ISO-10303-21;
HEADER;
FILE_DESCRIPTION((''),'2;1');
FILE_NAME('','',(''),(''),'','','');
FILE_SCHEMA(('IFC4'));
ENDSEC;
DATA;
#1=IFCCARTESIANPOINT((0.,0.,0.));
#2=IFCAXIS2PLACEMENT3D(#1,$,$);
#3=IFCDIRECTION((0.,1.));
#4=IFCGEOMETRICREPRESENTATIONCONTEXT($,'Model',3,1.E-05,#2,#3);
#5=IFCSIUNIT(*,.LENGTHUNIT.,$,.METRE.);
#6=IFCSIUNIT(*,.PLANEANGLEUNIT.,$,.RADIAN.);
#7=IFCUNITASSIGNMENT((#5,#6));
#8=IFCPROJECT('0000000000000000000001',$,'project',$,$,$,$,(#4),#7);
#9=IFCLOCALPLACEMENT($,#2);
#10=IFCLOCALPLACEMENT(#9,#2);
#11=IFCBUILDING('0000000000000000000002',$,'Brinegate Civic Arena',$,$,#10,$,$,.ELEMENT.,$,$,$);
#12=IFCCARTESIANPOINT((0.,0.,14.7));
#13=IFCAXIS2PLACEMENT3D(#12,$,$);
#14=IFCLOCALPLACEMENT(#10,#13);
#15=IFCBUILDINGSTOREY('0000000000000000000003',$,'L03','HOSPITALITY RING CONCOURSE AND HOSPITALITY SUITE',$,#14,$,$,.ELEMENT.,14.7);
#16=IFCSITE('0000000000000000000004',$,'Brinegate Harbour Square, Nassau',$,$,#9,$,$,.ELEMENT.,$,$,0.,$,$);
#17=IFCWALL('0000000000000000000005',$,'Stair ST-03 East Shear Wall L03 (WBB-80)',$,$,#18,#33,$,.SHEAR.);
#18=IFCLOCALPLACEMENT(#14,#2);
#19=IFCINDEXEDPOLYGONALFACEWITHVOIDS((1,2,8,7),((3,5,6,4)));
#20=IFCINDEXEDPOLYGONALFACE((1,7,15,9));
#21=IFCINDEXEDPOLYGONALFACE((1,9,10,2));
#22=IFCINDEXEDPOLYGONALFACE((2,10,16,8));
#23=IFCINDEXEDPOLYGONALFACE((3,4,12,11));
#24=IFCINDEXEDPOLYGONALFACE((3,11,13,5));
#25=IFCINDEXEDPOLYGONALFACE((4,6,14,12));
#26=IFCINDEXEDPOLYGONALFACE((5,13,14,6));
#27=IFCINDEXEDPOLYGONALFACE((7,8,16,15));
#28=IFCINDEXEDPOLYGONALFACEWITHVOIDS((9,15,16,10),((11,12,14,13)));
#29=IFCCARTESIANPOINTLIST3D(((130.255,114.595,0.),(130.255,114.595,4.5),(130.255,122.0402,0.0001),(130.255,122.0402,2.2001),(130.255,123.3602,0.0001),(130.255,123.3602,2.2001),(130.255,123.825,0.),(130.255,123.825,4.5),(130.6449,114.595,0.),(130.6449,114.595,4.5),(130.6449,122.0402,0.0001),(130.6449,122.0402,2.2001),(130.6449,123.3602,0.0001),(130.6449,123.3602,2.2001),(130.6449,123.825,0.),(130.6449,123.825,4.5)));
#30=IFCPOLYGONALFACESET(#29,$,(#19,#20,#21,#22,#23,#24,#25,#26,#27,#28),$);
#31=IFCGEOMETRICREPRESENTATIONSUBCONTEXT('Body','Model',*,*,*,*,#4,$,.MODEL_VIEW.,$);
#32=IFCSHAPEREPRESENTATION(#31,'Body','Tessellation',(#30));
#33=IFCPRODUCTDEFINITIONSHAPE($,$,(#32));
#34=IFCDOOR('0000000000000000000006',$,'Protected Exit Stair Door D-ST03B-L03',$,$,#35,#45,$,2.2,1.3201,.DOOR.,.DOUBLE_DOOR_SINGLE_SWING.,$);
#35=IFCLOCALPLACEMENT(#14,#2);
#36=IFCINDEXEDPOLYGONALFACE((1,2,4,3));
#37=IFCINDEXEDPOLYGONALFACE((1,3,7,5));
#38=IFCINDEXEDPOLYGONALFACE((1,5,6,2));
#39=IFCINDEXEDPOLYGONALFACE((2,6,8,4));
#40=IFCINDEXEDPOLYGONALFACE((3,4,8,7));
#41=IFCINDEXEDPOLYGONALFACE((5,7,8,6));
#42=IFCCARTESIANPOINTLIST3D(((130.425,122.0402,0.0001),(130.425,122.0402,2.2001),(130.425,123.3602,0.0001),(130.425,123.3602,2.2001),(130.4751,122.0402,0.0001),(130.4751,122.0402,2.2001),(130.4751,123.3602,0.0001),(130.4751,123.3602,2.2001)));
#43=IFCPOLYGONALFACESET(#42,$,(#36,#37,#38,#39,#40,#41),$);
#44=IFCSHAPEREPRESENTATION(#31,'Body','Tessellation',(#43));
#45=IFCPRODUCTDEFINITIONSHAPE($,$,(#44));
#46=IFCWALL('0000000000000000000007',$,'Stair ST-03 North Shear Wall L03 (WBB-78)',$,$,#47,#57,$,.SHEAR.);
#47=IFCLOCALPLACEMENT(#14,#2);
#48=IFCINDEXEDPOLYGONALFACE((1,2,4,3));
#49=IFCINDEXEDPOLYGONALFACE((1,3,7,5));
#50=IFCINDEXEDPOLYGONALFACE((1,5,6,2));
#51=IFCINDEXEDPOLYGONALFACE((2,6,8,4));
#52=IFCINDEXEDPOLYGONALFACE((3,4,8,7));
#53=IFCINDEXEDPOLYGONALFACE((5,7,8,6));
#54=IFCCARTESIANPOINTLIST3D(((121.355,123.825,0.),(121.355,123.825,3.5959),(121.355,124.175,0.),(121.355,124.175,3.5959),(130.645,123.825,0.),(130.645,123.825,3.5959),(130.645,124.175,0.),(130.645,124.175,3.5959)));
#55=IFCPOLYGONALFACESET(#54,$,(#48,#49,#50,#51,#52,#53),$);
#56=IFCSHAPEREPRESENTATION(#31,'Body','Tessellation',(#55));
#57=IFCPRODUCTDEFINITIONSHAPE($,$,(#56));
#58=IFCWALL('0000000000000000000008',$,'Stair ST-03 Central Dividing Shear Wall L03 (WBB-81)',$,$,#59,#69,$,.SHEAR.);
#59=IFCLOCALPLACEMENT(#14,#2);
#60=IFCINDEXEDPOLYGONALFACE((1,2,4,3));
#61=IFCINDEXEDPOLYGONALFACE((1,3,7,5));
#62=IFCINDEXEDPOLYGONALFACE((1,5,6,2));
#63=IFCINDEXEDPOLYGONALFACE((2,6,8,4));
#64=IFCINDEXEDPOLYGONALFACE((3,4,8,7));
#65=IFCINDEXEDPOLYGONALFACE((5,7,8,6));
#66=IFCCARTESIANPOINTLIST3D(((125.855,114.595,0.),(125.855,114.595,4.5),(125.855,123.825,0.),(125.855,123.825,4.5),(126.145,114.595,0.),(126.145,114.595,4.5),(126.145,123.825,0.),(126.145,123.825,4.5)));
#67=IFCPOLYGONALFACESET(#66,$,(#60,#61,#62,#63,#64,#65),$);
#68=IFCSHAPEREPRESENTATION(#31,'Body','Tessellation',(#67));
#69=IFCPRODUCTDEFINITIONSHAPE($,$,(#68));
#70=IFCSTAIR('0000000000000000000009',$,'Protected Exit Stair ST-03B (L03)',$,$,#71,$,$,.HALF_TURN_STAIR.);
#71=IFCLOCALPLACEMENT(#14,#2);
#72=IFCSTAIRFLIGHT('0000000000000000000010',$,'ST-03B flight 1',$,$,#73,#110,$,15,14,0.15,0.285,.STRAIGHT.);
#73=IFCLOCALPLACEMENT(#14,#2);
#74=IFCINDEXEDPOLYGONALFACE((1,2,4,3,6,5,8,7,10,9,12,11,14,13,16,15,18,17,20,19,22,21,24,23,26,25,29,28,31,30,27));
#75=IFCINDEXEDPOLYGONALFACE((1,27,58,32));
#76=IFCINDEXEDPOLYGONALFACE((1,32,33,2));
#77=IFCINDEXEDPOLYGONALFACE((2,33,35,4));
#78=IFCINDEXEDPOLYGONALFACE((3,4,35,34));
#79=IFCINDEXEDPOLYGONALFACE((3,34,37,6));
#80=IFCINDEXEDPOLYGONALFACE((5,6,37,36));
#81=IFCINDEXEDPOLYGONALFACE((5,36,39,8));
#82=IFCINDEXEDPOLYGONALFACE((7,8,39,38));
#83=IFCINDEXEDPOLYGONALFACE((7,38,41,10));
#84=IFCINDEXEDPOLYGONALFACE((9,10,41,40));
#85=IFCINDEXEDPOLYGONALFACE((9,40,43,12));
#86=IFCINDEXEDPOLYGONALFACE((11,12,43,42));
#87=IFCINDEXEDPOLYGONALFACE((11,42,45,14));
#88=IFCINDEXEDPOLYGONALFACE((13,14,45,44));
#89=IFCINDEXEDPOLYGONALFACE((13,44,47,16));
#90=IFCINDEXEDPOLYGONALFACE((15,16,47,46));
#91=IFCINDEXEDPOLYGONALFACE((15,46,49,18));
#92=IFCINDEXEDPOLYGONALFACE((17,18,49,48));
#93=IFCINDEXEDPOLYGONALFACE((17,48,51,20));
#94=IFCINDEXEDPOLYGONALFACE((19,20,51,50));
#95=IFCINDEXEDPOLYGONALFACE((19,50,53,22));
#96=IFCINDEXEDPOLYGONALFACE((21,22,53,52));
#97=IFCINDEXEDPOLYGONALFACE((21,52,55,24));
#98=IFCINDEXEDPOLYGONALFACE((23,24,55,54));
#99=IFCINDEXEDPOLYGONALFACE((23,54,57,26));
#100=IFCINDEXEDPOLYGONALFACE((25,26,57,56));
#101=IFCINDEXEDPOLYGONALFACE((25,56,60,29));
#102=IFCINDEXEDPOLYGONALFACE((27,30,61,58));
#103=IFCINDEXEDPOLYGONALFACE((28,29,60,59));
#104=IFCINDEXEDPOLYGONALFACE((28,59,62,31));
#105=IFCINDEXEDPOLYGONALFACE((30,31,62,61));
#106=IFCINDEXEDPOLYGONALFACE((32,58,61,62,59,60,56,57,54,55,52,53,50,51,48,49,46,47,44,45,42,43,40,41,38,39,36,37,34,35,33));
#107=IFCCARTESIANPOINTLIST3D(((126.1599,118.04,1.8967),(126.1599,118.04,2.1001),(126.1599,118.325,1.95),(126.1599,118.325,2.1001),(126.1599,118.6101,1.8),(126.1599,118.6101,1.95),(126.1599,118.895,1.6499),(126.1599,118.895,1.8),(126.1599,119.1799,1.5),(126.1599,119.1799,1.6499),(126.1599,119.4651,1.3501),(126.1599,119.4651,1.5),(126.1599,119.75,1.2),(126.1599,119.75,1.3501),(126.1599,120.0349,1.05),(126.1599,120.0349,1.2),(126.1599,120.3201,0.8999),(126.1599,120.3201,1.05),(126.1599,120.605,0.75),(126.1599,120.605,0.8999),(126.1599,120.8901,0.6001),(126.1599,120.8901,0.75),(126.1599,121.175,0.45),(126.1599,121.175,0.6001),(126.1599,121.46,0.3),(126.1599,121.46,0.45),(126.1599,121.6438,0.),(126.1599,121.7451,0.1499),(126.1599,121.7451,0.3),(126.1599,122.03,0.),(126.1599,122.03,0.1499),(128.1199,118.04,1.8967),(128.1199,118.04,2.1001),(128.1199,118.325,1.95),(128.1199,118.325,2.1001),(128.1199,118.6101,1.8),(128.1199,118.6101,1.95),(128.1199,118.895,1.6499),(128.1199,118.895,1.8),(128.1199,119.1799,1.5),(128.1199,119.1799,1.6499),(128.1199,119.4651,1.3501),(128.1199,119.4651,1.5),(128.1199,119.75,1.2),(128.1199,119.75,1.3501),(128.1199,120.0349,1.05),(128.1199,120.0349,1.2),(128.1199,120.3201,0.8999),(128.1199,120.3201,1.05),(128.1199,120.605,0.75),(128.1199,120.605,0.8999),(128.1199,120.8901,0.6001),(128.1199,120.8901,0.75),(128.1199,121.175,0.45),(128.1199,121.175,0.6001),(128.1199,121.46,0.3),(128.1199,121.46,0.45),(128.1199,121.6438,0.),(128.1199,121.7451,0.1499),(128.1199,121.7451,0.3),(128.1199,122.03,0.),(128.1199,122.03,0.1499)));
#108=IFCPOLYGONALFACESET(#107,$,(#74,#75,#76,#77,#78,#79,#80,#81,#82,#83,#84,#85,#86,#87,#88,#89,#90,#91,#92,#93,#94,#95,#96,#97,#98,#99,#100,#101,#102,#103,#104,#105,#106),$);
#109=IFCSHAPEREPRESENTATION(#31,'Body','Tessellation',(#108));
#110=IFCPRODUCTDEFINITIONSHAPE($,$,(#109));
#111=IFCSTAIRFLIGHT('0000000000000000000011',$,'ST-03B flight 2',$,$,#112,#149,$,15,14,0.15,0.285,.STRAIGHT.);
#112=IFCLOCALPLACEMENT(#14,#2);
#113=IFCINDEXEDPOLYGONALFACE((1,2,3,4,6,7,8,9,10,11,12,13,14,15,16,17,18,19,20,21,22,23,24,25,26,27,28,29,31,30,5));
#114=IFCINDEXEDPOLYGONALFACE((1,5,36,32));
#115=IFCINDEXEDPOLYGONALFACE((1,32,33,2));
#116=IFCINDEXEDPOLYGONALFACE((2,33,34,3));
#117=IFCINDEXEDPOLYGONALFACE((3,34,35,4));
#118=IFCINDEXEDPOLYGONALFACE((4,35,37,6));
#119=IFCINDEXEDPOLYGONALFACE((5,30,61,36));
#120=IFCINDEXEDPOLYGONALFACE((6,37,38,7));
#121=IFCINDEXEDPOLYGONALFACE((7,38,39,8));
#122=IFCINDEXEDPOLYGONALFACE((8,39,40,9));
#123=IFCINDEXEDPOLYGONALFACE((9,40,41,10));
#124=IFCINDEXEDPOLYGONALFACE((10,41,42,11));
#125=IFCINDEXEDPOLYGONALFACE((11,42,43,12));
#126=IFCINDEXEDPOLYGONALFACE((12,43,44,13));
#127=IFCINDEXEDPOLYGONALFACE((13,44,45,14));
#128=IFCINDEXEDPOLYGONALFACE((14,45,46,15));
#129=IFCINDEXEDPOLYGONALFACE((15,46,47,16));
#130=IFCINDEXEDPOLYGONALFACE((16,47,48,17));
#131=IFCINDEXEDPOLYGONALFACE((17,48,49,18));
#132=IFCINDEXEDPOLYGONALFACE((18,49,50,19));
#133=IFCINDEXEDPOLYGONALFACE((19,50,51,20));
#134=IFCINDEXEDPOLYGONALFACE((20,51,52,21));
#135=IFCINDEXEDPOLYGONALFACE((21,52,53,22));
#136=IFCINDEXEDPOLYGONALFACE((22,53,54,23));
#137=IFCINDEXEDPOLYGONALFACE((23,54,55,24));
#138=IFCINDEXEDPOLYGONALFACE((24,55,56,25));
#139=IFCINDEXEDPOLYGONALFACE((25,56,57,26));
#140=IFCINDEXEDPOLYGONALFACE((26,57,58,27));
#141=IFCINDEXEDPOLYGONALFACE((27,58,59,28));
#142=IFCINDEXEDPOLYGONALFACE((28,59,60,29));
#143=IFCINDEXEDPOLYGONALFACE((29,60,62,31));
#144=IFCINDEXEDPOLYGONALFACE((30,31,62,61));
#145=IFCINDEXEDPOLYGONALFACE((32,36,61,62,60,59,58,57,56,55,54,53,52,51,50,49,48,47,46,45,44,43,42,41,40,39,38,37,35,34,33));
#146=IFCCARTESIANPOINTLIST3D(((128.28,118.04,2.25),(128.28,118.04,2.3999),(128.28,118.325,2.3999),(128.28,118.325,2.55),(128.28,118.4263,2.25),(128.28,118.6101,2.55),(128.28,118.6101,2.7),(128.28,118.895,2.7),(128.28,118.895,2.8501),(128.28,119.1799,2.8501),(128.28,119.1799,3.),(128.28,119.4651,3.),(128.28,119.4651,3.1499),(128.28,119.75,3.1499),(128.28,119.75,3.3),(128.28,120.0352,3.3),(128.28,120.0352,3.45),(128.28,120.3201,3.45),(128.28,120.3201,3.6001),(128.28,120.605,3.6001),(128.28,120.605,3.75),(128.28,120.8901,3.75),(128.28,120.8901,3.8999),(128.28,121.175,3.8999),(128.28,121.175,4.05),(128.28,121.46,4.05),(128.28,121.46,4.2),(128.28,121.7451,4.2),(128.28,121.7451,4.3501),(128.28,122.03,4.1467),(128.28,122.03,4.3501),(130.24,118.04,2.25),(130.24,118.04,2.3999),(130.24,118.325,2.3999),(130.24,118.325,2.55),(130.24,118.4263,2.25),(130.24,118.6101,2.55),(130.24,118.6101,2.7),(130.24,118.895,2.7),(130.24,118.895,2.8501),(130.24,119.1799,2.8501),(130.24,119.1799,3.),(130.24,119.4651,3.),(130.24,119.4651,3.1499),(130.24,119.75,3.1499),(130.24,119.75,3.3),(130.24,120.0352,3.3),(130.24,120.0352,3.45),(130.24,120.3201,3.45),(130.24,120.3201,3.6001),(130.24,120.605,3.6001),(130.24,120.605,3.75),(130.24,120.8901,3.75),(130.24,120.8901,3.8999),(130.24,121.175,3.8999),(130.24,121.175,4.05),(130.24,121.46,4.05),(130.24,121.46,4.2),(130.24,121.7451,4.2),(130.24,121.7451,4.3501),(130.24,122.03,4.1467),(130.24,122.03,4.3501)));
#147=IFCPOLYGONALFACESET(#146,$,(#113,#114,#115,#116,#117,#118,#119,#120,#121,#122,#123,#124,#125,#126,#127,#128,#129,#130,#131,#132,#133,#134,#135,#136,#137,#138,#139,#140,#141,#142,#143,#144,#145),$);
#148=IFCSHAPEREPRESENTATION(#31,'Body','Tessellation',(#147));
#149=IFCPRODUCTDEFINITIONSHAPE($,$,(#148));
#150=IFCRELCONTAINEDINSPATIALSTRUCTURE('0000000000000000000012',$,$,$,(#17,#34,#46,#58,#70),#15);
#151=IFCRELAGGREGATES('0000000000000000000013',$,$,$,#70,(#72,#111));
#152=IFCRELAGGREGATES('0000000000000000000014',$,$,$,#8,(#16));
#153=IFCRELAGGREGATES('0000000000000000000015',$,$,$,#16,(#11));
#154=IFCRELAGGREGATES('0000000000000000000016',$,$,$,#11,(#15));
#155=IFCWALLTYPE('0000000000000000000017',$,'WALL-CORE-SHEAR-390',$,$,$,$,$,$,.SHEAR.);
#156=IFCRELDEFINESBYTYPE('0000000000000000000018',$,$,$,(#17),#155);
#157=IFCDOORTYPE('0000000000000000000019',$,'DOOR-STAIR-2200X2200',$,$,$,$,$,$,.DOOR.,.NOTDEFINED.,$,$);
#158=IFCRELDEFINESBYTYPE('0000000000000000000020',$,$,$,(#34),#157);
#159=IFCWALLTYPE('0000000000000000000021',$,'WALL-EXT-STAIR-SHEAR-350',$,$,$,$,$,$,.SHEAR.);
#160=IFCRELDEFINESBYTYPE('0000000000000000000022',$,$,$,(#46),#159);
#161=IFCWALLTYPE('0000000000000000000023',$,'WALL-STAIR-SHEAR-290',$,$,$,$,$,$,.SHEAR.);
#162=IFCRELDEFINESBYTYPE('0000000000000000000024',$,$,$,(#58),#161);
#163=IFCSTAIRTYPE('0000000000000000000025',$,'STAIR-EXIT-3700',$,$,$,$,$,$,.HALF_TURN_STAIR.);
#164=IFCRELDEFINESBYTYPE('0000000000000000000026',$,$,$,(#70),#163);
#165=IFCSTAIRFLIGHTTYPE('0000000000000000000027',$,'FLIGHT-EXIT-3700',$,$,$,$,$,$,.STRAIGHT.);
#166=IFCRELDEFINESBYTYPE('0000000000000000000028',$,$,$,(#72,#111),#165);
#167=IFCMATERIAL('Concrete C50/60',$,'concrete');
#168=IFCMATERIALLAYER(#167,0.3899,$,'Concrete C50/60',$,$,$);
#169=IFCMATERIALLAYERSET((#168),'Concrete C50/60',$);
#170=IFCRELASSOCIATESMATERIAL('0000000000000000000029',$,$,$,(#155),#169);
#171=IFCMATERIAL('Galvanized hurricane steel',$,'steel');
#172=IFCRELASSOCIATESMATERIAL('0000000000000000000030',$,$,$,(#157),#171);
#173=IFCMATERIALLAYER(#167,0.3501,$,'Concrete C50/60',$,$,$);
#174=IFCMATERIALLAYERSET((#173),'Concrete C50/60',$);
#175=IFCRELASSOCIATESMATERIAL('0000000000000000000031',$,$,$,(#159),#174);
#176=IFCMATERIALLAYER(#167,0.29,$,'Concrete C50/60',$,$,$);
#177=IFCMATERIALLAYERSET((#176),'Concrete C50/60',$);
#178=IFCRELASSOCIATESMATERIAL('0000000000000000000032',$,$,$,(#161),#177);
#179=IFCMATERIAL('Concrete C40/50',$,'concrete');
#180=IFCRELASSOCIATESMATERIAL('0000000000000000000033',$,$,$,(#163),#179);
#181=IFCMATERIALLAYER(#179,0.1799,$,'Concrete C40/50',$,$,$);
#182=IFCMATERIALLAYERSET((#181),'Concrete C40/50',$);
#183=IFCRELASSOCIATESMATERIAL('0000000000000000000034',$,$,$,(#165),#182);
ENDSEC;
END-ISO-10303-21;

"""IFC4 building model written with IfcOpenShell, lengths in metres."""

from ifc_helpers import new_model, si_unit, direction, frame, frame_2d, origin, place, context, subcontext, project, spatial, polyline, rectangle, outline, extrude, material, layer, layer_set, type_object, element, fill, aggregate, save


model = new_model("IFC4")

# Units and contexts
model_context = context("Model", 3, precision=1e-05, world=origin(), true_north=direction((0.0, 1.0)))
body_context = subcontext(model_context, "Body", "Model", "MODEL_VIEW")
ifc_project = project(units=[si_unit("LENGTHUNIT", "METRE"), si_unit("PLANEANGLEUNIT", "RADIAN")], contexts=[model_context])

# Site, building, storey
site_placement = place(None, origin())
site = spatial("IfcSite", under=ifc_project, at=site_placement, Name="Brinegate Harbour Square, Nassau", CompositionType="ELEMENT", RefElevation=0.0)
building_placement = place(site_placement, origin())
building = spatial("IfcBuilding", under=site, at=building_placement, Name="Brinegate Civic Arena", CompositionType="ELEMENT")
storey_placement = place(building_placement, frame((0.0, 0.0, 14.7)))
storey = spatial("IfcBuildingStorey", under=building, at=storey_placement, Name="L03", Description="HOSPITALITY RING CONCOURSE AND HOSPITALITY SUITE", CompositionType="ELEMENT", Elevation=14.7)

# Shared definitions
ifc_material_1 = material(Name="Concrete C50/60", Category="concrete")

# Shared definitions
ifc_layer_1 = layer(ifc_material_1, 0.3899, Name="Concrete C50/60")
ifc_layer_set_1 = layer_set([ifc_layer_1], Name="Concrete C50/60")
wall_type_1 = type_object("IfcWallType", Name="WALL-CORE-SHEAR-390", PredefinedType="SHEAR", material=ifc_layer_set_1)

# Wall, opening, door
ifc_material_2 = material(Name="Galvanized hurricane steel", Category="steel")
wall_1_placement = place(storey_placement, frame((130.45, 114.595, 0.0), z_axis=(0.0, 0.0, 1.0), x_axis=(0.0, 1.0, 0.0)))
wall_1 = element("IfcWall", 1, at=wall_1_placement, inside=storey, type_object=wall_type_1, Name="Stair ST-03 East Shear Wall L03 (WBB-80)", PredefinedType="SHEAR", context=body_context, shape_type="SweptSolid", body=[
    extrude(rectangle(XDim=9.23, YDim=0.3899, at=frame_2d((4.615, 0.0))), origin(), (0.0, 0.0, 1.0), 4.5),
])
opening_1_placement = place(wall_1_placement, frame((7.4451, 0.0, 0.0)))
opening_1 = element("IfcOpeningElement", 2, at=opening_1_placement, cuts=wall_1, PredefinedType="OPENING", context=body_context, shape_type="SweptSolid", body=[
    extrude(rectangle(XDim=1.3201, YDim=2.2, at=frame_2d((0.6602, 1.1001))), frame((0.0, 0.2048, 0.0), z_axis=(0.0, -1.0, 0.0), x_axis=(1.0, 0.0, 0.0)), (0.0, 0.0, 1.0), 0.4099),
])
door_type_1 = type_object("IfcDoorType", Name="DOOR-STAIR-2200X2200", OperationType="NOTDEFINED", PredefinedType="DOOR", material=ifc_material_2)
door_1_placement = place(opening_1_placement, origin())
door_1 = element("IfcDoor", 3, at=door_1_placement, inside=storey, type_object=door_type_1, Name="Protected Exit Stair Door D-ST03B-L03", OperationType="DOUBLE_DOOR_SINGLE_SWING", OverallHeight=2.2, OverallWidth=1.3201, PredefinedType="DOOR", context=body_context, shape_type="SweptSolid", body=[
    extrude(rectangle(XDim=1.3201, YDim=2.2, at=frame_2d((0.6602, 1.1001))), frame((0.0, 0.0249, 0.0), z_axis=(0.0, -1.0, 0.0), x_axis=(1.0, 0.0, 0.0)), (0.0, 0.0, 1.0), 0.05),
])
fill(opening_1, door_1)

# Walls
ifc_layer_2 = layer(ifc_material_1, 0.3501, Name="Concrete C50/60")
ifc_layer_set_2 = layer_set([ifc_layer_2], Name="Concrete C50/60")
wall_type_2 = type_object("IfcWallType", Name="WALL-EXT-STAIR-SHEAR-350", PredefinedType="SHEAR", material=ifc_layer_set_2)
wall_2_placement = place(storey_placement, frame((121.355, 124.0, 0.0), z_axis=(0.0, 0.0, 1.0), x_axis=(1.0, 0.0, 0.0)))
element("IfcWall", 4, at=wall_2_placement, inside=storey, type_object=wall_type_2, Name="Stair ST-03 North Shear Wall L03 (WBB-78)", PredefinedType="SHEAR", context=body_context, shape_type="SweptSolid", body=[
    extrude(rectangle(XDim=9.29, YDim=0.3501, at=frame_2d((4.645, 0.0))), origin(), (0.0, 0.0, 1.0), 3.5959),
])
ifc_layer_3 = layer(ifc_material_1, 0.29, Name="Concrete C50/60")
ifc_layer_set_3 = layer_set([ifc_layer_3], Name="Concrete C50/60")
wall_type_3 = type_object("IfcWallType", Name="WALL-STAIR-SHEAR-290", PredefinedType="SHEAR", material=ifc_layer_set_3)
wall_3_placement = place(storey_placement, frame((126.0, 114.595, 0.0), z_axis=(0.0, 0.0, 1.0), x_axis=(0.0, 1.0, 0.0)))
element("IfcWall", 5, at=wall_3_placement, inside=storey, type_object=wall_type_3, Name="Stair ST-03 Central Dividing Shear Wall L03 (WBB-81)", PredefinedType="SHEAR", context=body_context, shape_type="SweptSolid", body=[
    extrude(rectangle(XDim=9.23, YDim=0.29, at=frame_2d((4.615, 0.0))), origin(), (0.0, 0.0, 1.0), 4.5),
])

# Stair, stair flights
ifc_material_3 = material(Name="Concrete C40/50", Category="concrete")
stair_type_1 = type_object("IfcStairType", Name="STAIR-EXIT-3700", PredefinedType="HALF_TURN_STAIR", material=ifc_material_3)
stair_1_placement = place(storey_placement, origin())
stair_1 = element("IfcStair", 6, at=stair_1_placement, inside=storey, type_object=stair_type_1, Name="Protected Exit Stair ST-03B (L03)", PredefinedType="HALF_TURN_STAIR")
ifc_layer_4 = layer(ifc_material_3, 0.1799, Name="Concrete C40/50")
ifc_layer_set_4 = layer_set([ifc_layer_4], Name="Concrete C40/50")
stair_flight_type_1 = type_object("IfcStairFlightType", Name="FLIGHT-EXIT-3700", PredefinedType="STRAIGHT", material=ifc_layer_set_4)
stair_flight_1_placement = place(storey_placement, frame((127.1399, 122.03, 0.0), z_axis=(0.0, 0.0, 1.0), x_axis=(0.0, -1.0, 0.0)))
stair_flight_1 = element("IfcStairFlight", 7, at=stair_flight_1_placement, type_object=stair_flight_type_1, Name="ST-03B flight 1", NumberOfRisers=15, NumberOfTreads=14, PredefinedType="STRAIGHT", RiserHeight=0.15, TreadLength=0.285, context=body_context, shape_type="SweptSolid", body=[
    extrude(outline(polyline([(0.0, 0.0), (0.0, 0.1499), (0.2849, 0.1499), (0.2849, 0.3), (0.5701, 0.3), (0.5701, 0.45), (0.855, 0.45), (0.855, 0.6001), (1.1399, 0.6001), (1.1399, 0.75), (1.425, 0.75), (1.425, 0.8999), (1.71, 0.8999), (1.71, 1.05), (1.9951, 1.05), (1.9951, 1.2), (2.28, 1.2), (2.28, 1.3501), (2.5649, 1.3501), (2.5649, 1.5), (2.8501, 1.5), (2.8501, 1.6499), (3.135, 1.6499), (3.135, 1.8), (3.4199, 1.8), (3.4199, 1.95), (3.7051, 1.95), (3.7051, 2.1001), (3.99, 2.1001), (3.99, 2.25), (3.99, 1.8967), (0.3862, 0.0), (0.0, 0.0)])), frame((0.0, 0.98, 0.0), z_axis=(0.0, -1.0, 0.0), x_axis=(1.0, 0.0, 0.0)), (0.0, 0.0, 1.0), 1.96),
])
stair_flight_2_placement = place(storey_placement, frame((129.26, 118.04, 2.25), z_axis=(0.0, 0.0, 1.0), x_axis=(0.0, 1.0, 0.0)))
stair_flight_2 = element("IfcStairFlight", 8, at=stair_flight_2_placement, type_object=stair_flight_type_1, Name="ST-03B flight 2", NumberOfRisers=15, NumberOfTreads=14, PredefinedType="STRAIGHT", RiserHeight=0.15, TreadLength=0.285, context=body_context, shape_type="SweptSolid", body=[
    extrude(outline(polyline([(0.0, 0.0), (0.0, 0.1499), (0.2849, 0.1499), (0.2849, 0.3), (0.5701, 0.3), (0.5701, 0.45), (0.855, 0.45), (0.855, 0.6001), (1.1399, 0.6001), (1.1399, 0.75), (1.425, 0.75), (1.425, 0.8999), (1.71, 0.8999), (1.71, 1.05), (1.9951, 1.05), (1.9951, 1.2), (2.28, 1.2), (2.28, 1.3501), (2.5649, 1.3501), (2.5649, 1.5), (2.8501, 1.5), (2.8501, 1.6499), (3.135, 1.6499), (3.135, 1.8), (3.4199, 1.8), (3.4199, 1.95), (3.7051, 1.95), (3.7051, 2.1001), (3.99, 2.1001), (3.99, 2.25), (3.99, 1.8967), (0.3862, 0.0), (0.0, 0.0)])), frame((0.0, 0.98, 0.0), z_axis=(0.0, -1.0, 0.0), x_axis=(1.0, 0.0, 0.0)), (0.0, 0.0, 1.0), 1.96),
])
aggregate(stair_1, [stair_flight_1, stair_flight_2])

save(model, "model.ifc")
